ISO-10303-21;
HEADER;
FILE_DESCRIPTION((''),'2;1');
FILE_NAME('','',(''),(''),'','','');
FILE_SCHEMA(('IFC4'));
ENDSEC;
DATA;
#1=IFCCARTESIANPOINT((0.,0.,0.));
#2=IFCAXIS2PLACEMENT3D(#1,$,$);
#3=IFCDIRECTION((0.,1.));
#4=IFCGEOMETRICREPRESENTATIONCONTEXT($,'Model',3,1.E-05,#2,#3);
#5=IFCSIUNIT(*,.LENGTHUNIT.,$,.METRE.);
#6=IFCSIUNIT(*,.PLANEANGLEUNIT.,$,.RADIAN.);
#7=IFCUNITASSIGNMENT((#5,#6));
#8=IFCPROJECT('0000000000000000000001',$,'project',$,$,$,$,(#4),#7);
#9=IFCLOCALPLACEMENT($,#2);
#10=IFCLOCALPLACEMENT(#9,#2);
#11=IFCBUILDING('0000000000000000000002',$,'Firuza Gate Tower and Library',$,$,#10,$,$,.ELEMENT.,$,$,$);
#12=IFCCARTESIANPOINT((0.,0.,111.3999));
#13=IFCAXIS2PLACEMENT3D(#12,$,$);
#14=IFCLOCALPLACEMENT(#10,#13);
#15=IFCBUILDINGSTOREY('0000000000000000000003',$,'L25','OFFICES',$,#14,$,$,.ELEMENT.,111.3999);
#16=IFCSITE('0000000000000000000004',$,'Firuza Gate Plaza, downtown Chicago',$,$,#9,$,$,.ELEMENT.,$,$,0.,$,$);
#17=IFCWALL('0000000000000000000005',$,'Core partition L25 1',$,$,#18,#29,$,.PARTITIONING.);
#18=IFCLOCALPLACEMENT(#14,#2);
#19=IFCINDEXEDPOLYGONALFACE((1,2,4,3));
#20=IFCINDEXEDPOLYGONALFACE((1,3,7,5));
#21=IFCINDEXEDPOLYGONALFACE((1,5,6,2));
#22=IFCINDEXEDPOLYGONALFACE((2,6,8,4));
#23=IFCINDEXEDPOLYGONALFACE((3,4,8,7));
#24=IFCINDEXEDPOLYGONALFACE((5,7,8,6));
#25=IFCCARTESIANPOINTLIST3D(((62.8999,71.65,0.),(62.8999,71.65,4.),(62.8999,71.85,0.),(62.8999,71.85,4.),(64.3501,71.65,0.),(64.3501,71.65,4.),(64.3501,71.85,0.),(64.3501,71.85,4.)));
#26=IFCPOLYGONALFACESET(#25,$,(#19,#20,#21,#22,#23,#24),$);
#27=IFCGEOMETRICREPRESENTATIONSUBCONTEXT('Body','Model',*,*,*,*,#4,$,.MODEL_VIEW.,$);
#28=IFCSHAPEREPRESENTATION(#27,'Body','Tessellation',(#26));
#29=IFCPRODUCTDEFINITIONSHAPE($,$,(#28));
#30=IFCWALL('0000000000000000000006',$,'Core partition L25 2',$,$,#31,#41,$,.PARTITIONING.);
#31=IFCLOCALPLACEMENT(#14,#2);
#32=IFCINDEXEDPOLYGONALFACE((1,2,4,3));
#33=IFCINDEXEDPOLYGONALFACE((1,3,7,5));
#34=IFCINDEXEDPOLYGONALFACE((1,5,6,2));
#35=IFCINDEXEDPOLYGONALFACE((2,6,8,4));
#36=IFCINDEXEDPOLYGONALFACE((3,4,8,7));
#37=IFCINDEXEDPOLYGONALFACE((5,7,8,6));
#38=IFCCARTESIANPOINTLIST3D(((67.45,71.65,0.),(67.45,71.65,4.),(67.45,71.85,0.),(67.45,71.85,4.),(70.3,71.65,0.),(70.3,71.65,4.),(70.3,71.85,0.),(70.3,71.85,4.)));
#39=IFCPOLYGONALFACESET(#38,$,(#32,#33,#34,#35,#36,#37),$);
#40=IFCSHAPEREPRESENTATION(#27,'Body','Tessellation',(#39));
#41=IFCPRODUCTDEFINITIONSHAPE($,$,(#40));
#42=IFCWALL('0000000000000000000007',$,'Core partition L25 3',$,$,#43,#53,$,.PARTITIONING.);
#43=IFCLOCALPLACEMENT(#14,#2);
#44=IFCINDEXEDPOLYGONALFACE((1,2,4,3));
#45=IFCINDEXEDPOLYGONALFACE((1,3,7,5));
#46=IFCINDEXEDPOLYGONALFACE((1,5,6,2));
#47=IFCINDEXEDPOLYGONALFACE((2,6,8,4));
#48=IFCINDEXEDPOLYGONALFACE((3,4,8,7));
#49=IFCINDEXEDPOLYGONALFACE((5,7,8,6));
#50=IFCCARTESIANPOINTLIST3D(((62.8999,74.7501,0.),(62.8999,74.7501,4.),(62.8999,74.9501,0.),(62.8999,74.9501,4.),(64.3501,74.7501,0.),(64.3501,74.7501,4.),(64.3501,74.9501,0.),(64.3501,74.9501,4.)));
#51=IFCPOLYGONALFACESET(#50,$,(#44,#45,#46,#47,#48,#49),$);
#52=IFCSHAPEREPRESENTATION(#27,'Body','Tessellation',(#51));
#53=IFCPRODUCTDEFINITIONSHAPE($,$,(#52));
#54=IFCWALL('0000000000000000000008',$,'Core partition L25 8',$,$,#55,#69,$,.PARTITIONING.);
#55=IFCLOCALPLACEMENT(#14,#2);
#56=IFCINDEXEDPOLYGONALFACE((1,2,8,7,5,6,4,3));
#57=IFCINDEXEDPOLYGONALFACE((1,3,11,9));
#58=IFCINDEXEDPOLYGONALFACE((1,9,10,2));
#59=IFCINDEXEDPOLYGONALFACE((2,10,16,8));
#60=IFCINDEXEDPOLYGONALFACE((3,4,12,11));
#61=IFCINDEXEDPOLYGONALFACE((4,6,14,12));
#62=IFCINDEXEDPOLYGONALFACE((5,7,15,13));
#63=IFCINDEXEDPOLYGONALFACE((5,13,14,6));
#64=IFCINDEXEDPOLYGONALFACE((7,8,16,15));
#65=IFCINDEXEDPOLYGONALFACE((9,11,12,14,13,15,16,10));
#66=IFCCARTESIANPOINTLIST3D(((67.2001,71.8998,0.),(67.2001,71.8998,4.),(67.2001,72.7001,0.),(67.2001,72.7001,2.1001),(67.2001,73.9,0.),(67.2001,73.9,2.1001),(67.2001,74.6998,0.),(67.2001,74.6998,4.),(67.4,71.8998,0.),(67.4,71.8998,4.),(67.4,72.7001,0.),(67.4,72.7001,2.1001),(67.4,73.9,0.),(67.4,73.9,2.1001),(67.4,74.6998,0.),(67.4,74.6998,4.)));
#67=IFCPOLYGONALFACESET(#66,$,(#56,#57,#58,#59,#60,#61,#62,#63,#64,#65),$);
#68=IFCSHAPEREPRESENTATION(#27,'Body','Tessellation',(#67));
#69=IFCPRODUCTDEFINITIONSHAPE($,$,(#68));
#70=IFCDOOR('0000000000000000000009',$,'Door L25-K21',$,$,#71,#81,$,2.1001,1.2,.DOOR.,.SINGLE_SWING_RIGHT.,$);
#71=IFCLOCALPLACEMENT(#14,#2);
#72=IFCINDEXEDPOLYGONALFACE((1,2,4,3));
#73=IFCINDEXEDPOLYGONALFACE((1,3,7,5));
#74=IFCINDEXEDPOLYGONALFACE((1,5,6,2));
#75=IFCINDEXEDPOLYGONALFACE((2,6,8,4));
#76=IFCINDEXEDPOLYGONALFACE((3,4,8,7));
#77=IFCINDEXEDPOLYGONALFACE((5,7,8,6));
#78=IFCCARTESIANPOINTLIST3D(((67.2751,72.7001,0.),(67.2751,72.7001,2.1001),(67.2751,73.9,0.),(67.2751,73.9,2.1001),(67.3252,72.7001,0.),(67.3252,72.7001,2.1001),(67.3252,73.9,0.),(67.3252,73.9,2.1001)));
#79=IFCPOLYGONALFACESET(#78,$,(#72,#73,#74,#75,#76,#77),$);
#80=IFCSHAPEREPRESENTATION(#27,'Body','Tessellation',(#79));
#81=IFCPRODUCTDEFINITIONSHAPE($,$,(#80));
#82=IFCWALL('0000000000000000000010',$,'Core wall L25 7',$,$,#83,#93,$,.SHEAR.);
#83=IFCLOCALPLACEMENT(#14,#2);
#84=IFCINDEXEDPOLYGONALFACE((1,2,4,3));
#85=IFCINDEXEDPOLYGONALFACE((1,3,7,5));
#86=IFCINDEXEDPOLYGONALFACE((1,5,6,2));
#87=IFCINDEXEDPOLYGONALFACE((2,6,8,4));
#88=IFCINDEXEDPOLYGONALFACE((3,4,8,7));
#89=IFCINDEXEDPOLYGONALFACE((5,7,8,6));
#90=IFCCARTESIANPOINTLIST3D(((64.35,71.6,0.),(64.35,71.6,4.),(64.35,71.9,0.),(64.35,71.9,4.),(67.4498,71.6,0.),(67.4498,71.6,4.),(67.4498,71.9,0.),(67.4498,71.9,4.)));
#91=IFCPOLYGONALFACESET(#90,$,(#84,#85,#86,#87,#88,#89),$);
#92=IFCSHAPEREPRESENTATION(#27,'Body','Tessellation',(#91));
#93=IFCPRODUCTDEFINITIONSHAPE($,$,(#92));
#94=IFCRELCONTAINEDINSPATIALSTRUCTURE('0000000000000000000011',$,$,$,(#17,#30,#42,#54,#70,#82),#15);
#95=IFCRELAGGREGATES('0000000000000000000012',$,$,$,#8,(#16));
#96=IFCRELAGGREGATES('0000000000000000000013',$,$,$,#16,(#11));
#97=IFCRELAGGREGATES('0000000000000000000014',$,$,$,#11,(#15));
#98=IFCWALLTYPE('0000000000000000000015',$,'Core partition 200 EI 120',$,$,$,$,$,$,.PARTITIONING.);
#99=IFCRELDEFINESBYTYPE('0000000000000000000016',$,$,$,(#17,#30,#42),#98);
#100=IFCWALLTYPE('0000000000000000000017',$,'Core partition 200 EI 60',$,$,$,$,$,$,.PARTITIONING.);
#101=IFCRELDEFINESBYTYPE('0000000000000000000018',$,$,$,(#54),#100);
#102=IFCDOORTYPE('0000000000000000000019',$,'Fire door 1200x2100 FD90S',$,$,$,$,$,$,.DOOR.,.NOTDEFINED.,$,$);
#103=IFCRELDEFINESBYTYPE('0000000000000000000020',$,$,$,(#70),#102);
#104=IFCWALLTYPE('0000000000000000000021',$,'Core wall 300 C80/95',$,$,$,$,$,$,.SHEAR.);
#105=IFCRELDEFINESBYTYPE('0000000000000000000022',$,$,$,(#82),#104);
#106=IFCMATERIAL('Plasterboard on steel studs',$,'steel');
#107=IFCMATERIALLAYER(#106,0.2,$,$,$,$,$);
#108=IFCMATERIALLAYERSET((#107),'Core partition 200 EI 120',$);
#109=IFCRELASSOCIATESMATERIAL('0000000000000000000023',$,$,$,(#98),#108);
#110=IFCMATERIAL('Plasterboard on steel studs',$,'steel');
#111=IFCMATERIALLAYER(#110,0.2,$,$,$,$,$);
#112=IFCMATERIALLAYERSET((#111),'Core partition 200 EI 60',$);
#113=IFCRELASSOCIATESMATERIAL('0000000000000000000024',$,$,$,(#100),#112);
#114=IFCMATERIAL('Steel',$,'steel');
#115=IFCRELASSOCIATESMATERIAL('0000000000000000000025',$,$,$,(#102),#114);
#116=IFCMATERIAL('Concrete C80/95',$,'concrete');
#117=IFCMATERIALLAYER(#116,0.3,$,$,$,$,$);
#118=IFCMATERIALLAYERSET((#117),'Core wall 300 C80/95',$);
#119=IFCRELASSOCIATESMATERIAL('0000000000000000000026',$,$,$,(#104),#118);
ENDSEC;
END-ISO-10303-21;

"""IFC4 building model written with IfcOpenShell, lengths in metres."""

from ifc_helpers import new_model, si_unit, direction, frame, frame_2d, origin, place, context, subcontext, project, spatial, rectangle, extrude, material, layer, layer_set, type_object, element, fill, save


model = new_model("IFC4")

# Units and contexts
model_context = context("Model", 3, precision=1e-05, world=origin(), true_north=direction((0.0, 1.0)))
body_context = subcontext(model_context, "Body", "Model", "MODEL_VIEW")
ifc_project = project(units=[si_unit("LENGTHUNIT", "METRE"), si_unit("PLANEANGLEUNIT", "RADIAN")], contexts=[model_context])

# Site, building, storey
site_placement = place(None, origin())
site = spatial("IfcSite", under=ifc_project, at=site_placement, Name="Firuza Gate Plaza, downtown Chicago", CompositionType="ELEMENT", RefElevation=0.0)
building_placement = place(site_placement, origin())
building = spatial("IfcBuilding", under=site, at=building_placement, Name="Firuza Gate Tower and Library", CompositionType="ELEMENT")
storey_placement = place(building_placement, frame((0.0, 0.0, 111.3999)))
storey = spatial("IfcBuildingStorey", under=building, at=storey_placement, Name="L25", Description="OFFICES", CompositionType="ELEMENT", Elevation=111.3999)

# Walls
ifc_material_1 = material(Name="Plasterboard on steel studs", Category="steel")
ifc_layer_1 = layer(ifc_material_1, 0.2)
ifc_layer_set_1 = layer_set([ifc_layer_1], Name="Core partition 200 EI 120")
wall_type_1 = type_object("IfcWallType", Name="Core partition 200 EI 120", PredefinedType="PARTITIONING", material=ifc_layer_set_1)
wall_1_placement = place(storey_placement, frame((62.8999, 71.75, 0.0), z_axis=(0.0, 0.0, 1.0), x_axis=(1.0, 0.0, 0.0)))
element("IfcWall", 1, at=wall_1_placement, inside=storey, type_object=wall_type_1, Name="Core partition L25 1", PredefinedType="PARTITIONING", context=body_context, shape_type="SweptSolid", body=[
    extrude(rectangle(XDim=1.4502, YDim=0.2, at=frame_2d((0.7251, 0.0))), origin(), (0.0, 0.0, 1.0), 4.0),
])
wall_2_placement = place(storey_placement, frame((67.45, 71.75, 0.0), z_axis=(0.0, 0.0, 1.0), x_axis=(1.0, 0.0, 0.0)))
element("IfcWall", 2, at=wall_2_placement, inside=storey, type_object=wall_type_1, Name="Core partition L25 2", PredefinedType="PARTITIONING", context=body_context, shape_type="SweptSolid", body=[
    extrude(rectangle(XDim=2.8501, YDim=0.2, at=frame_2d((1.425, 0.0))), origin(), (0.0, 0.0, 1.0), 4.0),
])
wall_3_placement = place(storey_placement, frame((62.8999, 74.8501, 0.0), z_axis=(0.0, 0.0, 1.0), x_axis=(1.0, 0.0, 0.0)))
element("IfcWall", 3, at=wall_3_placement, inside=storey, type_object=wall_type_1, Name="Core partition L25 3", PredefinedType="PARTITIONING", context=body_context, shape_type="SweptSolid", body=[
    extrude(rectangle(XDim=1.4502, YDim=0.2, at=frame_2d((0.7251, 0.0))), origin(), (0.0, 0.0, 1.0), 4.0),
])

# Wall, opening, door
ifc_material_2 = material(Name="Plasterboard on steel studs", Category="steel")
ifc_layer_2 = layer(ifc_material_2, 0.2)
ifc_layer_set_2 = layer_set([ifc_layer_2], Name="Core partition 200 EI 60")
wall_type_2 = type_object("IfcWallType", Name="Core partition 200 EI 60", PredefinedType="PARTITIONING", material=ifc_layer_set_2)
wall_4_placement = place(storey_placement, frame((67.3, 71.8999, 0.0), z_axis=(0.0, 0.0, 1.0), x_axis=(0.0, 1.0, 0.0)))
wall_4 = element("IfcWall", 4, at=wall_4_placement, inside=storey, type_object=wall_type_2, Name="Core partition L25 8", PredefinedType="PARTITIONING", context=body_context, shape_type="SweptSolid", body=[
    extrude(rectangle(XDim=2.8, YDim=0.2, at=frame_2d((1.3999, 0.0))), origin(), (0.0, 0.0, 1.0), 4.0),
])
opening_1_placement = place(wall_4_placement, frame((0.8, 0.0, 0.0)))
opening_1 = element("IfcOpeningElement", 5, at=opening_1_placement, cuts=wall_4, PredefinedType="OPENING", context=body_context, shape_type="SweptSolid", body=[
    extrude(rectangle(XDim=1.2, YDim=2.1001, at=frame_2d((0.6001, 1.05))), frame((0.0, 0.1099, 0.0), z_axis=(0.0, -1.0, 0.0), x_axis=(1.0, 0.0, 0.0)), (0.0, 0.0, 1.0), 0.22),
])
ifc_material_3 = material(Name="Steel", Category="steel")
door_type_1 = type_object("IfcDoorType", Name="Fire door 1200x2100 FD90S", OperationType="NOTDEFINED", PredefinedType="DOOR", material=ifc_material_3)
door_1_placement = place(opening_1_placement, origin())
door_1 = element("IfcDoor", 6, at=door_1_placement, inside=storey, type_object=door_type_1, Name="Door L25-K21", OperationType="SINGLE_SWING_RIGHT", OverallHeight=2.1001, OverallWidth=1.2, PredefinedType="DOOR", context=body_context, shape_type="SweptSolid", body=[
    extrude(rectangle(XDim=1.2, YDim=2.1001, at=frame_2d((0.6001, 1.05))), frame((0.0, 0.0249, 0.0), z_axis=(0.0, -1.0, 0.0), x_axis=(1.0, 0.0, 0.0)), (0.0, 0.0, 1.0), 0.05),
])
fill(opening_1, door_1)

# Wall
ifc_material_4 = material(Name="Concrete C80/95", Category="concrete")
ifc_layer_3 = layer(ifc_material_4, 0.3)
ifc_layer_set_3 = layer_set([ifc_layer_3], Name="Core wall 300 C80/95")
wall_type_3 = type_object("IfcWallType", Name="Core wall 300 C80/95", PredefinedType="SHEAR", material=ifc_layer_set_3)
wall_5_placement = place(storey_placement, frame((64.3501, 71.75, 0.0), z_axis=(0.0, 0.0, 1.0), x_axis=(1.0, 0.0, 0.0)))
element("IfcWall", 7, at=wall_5_placement, inside=storey, type_object=wall_type_3, Name="Core wall L25 7", PredefinedType="SHEAR", context=body_context, shape_type="SweptSolid", body=[
    extrude(rectangle(XDim=3.0999, YDim=0.3, at=frame_2d((1.5498, 0.0))), origin(), (0.0, 0.0, 1.0), 4.0),
])

save(model, "model.ifc")
